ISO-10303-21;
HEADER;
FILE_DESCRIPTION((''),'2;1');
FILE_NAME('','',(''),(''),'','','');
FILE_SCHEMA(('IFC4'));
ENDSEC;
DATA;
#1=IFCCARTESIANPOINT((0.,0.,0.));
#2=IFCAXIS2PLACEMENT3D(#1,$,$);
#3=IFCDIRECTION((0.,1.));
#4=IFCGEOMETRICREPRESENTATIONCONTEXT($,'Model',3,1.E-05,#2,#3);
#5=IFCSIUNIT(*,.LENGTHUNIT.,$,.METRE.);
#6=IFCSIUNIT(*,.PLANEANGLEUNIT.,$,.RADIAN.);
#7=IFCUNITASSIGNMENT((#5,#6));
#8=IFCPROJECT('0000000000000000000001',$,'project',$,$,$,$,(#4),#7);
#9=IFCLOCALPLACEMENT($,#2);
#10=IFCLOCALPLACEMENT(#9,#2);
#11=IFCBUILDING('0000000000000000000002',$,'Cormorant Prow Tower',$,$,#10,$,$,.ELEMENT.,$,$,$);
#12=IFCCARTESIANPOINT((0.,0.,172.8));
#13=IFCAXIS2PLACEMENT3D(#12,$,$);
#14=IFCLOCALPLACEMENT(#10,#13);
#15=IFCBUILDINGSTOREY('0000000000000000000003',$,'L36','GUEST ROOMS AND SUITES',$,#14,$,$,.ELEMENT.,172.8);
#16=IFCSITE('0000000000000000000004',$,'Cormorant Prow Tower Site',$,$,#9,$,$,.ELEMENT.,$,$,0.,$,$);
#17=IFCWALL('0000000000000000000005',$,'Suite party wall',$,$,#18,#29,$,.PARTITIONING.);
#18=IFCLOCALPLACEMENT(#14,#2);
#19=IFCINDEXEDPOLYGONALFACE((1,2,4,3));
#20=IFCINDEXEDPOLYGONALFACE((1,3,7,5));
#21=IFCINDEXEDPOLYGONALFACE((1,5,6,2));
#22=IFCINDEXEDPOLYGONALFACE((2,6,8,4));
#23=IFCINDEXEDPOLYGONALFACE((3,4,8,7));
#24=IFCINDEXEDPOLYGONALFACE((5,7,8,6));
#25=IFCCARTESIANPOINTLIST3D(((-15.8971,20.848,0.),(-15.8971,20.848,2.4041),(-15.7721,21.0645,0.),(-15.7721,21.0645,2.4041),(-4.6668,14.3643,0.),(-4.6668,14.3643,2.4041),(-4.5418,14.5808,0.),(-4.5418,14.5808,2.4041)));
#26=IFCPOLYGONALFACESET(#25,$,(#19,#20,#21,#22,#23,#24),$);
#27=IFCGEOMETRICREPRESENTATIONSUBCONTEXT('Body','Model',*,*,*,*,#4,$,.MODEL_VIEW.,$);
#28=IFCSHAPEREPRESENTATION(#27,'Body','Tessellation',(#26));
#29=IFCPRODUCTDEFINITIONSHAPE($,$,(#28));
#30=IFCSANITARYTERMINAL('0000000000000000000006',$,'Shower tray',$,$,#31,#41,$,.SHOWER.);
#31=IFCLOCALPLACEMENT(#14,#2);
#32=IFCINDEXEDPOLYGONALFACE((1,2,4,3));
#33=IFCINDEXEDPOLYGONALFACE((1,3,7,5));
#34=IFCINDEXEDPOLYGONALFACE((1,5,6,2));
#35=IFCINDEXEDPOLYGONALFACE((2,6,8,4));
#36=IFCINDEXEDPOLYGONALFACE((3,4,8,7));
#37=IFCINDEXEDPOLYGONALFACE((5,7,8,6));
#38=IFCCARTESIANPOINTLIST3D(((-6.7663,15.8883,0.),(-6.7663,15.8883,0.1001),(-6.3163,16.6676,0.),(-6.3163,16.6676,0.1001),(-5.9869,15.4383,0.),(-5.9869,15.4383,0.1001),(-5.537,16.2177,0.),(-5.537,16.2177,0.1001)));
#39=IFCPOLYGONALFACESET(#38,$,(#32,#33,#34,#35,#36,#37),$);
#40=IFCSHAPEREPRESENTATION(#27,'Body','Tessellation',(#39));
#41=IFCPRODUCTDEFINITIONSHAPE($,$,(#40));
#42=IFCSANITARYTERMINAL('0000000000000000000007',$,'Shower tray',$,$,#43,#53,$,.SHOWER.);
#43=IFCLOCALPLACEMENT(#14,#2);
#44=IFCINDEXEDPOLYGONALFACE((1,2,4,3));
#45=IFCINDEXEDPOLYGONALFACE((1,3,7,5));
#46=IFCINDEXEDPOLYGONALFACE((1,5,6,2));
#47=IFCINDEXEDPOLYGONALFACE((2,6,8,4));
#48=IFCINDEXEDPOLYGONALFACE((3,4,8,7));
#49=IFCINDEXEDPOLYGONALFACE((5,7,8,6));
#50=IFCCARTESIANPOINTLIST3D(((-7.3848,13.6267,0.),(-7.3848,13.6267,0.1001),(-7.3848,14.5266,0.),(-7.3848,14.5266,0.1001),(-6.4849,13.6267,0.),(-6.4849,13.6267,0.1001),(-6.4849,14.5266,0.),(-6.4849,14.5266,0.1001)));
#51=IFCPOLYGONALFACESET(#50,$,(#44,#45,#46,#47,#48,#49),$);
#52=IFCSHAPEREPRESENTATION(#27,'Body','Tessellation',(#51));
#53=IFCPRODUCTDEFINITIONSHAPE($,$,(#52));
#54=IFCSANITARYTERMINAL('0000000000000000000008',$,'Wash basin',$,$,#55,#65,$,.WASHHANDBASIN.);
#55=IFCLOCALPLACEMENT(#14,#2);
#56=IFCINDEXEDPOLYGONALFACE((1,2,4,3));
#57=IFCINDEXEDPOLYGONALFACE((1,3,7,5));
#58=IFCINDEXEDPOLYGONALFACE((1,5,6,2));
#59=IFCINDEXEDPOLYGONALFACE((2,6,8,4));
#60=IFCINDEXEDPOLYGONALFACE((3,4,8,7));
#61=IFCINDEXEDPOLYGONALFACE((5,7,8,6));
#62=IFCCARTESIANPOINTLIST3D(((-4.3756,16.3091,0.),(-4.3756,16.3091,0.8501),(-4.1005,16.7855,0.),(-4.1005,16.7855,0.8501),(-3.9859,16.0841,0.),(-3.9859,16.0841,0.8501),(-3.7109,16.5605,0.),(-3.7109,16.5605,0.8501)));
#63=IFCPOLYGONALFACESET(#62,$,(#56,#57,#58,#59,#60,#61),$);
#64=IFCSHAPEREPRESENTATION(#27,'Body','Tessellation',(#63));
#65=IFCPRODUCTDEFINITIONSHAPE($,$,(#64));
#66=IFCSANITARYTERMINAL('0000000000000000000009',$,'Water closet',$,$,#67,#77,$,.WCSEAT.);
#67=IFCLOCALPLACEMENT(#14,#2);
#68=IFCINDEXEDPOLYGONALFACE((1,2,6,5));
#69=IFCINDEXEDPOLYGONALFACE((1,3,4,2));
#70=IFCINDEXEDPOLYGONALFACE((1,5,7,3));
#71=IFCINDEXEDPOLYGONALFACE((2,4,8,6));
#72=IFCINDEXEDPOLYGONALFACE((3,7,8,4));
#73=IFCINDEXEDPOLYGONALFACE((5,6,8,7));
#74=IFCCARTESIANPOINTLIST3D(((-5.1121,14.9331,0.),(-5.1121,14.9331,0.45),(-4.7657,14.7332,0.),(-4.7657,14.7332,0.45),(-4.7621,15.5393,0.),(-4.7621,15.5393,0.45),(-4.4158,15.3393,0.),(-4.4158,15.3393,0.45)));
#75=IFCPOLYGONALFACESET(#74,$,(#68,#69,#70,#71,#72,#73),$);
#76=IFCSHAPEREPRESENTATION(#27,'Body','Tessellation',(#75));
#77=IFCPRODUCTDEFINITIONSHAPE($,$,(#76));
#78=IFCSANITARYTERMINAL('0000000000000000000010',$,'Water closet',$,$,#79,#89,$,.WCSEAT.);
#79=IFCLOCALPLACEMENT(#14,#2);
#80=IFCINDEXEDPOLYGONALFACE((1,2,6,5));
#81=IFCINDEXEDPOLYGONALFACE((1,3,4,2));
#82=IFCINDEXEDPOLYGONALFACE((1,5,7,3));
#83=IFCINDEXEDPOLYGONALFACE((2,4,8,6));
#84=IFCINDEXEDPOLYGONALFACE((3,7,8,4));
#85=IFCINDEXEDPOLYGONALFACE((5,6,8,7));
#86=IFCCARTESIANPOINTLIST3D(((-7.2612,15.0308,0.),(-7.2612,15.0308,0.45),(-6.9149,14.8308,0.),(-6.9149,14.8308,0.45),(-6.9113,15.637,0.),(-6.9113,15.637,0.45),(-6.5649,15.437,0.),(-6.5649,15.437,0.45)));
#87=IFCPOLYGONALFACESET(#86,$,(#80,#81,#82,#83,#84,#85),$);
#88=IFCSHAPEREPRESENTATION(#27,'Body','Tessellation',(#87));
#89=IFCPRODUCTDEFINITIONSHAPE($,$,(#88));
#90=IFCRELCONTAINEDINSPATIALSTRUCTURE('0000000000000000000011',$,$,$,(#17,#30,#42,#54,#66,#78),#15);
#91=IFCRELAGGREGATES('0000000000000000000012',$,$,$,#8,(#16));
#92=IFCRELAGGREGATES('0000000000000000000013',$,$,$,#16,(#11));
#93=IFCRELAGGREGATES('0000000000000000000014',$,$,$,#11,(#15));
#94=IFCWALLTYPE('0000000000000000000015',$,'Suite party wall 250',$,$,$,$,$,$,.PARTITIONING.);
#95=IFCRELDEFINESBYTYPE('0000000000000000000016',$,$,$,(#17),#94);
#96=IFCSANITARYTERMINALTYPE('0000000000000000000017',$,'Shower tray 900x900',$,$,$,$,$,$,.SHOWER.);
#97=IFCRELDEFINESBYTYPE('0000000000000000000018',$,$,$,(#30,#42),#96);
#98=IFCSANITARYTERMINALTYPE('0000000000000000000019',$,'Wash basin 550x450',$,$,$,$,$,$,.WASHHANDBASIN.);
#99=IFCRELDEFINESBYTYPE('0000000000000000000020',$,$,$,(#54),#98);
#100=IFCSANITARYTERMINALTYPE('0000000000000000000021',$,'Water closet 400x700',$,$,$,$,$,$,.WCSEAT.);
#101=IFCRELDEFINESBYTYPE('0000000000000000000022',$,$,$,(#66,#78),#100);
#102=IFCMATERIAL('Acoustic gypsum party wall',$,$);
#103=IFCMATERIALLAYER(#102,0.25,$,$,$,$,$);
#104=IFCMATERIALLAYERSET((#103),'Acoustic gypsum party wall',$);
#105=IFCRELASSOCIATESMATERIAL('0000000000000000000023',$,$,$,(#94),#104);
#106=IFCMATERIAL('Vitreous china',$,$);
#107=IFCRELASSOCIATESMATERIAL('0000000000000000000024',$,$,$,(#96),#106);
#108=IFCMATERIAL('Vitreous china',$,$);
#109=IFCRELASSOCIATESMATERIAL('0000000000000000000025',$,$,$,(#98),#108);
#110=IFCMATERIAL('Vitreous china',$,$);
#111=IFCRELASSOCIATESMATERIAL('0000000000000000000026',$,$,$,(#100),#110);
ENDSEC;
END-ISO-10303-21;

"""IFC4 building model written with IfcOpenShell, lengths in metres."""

from ifc_helpers import new_model, si_unit, direction, frame, frame_2d, origin, origin_2d, place, context, subcontext, project, spatial, rectangle, extrude, material, layer, layer_set, type_object, element, save


model = new_model("IFC4")

# Units and contexts
model_context = context("Model", 3, precision=1e-05, world=origin(), true_north=direction((0.0, 1.0)))
body_context = subcontext(model_context, "Body", "Model", "MODEL_VIEW")
ifc_project = project(units=[si_unit("LENGTHUNIT", "METRE"), si_unit("PLANEANGLEUNIT", "RADIAN")], contexts=[model_context])

# Site, building, storey
site_placement = place(None, origin())
site = spatial("IfcSite", under=ifc_project, at=site_placement, Name="Cormorant Prow Tower Site", CompositionType="ELEMENT", RefElevation=0.0)
building_placement = place(site_placement, origin())
building = spatial("IfcBuilding", under=site, at=building_placement, Name="Cormorant Prow Tower", CompositionType="ELEMENT")
storey_placement = place(building_placement, frame((0.0, 0.0, 172.8)))
storey = spatial("IfcBuildingStorey", under=building, at=storey_placement, Name="L36", Description="GUEST ROOMS AND SUITES", CompositionType="ELEMENT", Elevation=172.8)

# Wall
ifc_material_1 = material(Name="Acoustic gypsum party wall")
ifc_layer_1 = layer(ifc_material_1, 0.25)
ifc_layer_set_1 = layer_set([ifc_layer_1], Name="Acoustic gypsum party wall")
wall_type_1 = type_object("IfcWallType", Name="Suite party wall 250", PredefinedType="PARTITIONING", material=ifc_layer_set_1)
wall_1_placement = place(storey_placement, frame((-15.8347, 20.9563, 0.0), z_axis=(0.0, 0.0, 1.0), x_axis=(0.86603, -0.499992, 0.0)))
element("IfcWall", 1, at=wall_1_placement, inside=storey, type_object=wall_type_1, Name="Suite party wall", PredefinedType="PARTITIONING", context=body_context, shape_type="SweptSolid", body=[
    extrude(rectangle(XDim=12.9675, YDim=0.25, at=frame_2d((6.4839, 0.0))), origin(), (0.0, 0.0, 1.0), 2.4041),
])

# Sanitary terminals
ifc_material_2 = material(Name="Vitreous china")
sanitary_terminal_type_1 = type_object("IfcSanitaryTerminalType", Name="Shower tray 900x900", PredefinedType="SHOWER", material=ifc_material_2)
for number, where, z_axis, x_axis, name in (
    (2, (-6.1516, 16.053, 0.0), (0.0, 0.0, 1.0), (0.5, 0.866025, 0.0), "Shower tray"),
    (3, (-6.9348, 14.0767, 0.0), (0.0, 0.0, 1.0), (1.0, 0.0, 0.0), "Shower tray"),
):
    element("IfcSanitaryTerminal", number, at=place(storey_placement, frame(where, z_axis=z_axis, x_axis=x_axis)), inside=storey, type_object=sanitary_terminal_type_1, Name=name, PredefinedType="SHOWER", context=body_context, shape_type="SweptSolid", body=[
        extrude(rectangle(XDim=0.8999, YDim=0.8999, at=origin_2d()), origin(), (0.0, 0.0, 1.0), 0.1001),
    ])
ifc_material_3 = material(Name="Vitreous china")
sanitary_terminal_type_2 = type_object("IfcSanitaryTerminalType", Name="Wash basin 550x450", PredefinedType="WASHHANDBASIN", material=ifc_material_3)
sanitary_terminal_placement = place(storey_placement, frame((-4.0432, 16.4348, 0.0), z_axis=(0.0, 0.0, 1.0), x_axis=(-0.5, -0.866025, 0.0)))
element("IfcSanitaryTerminal", 4, at=sanitary_terminal_placement, inside=storey, type_object=sanitary_terminal_type_2, Name="Wash basin", PredefinedType="WASHHANDBASIN", context=body_context, shape_type="SweptSolid", body=[
    extrude(rectangle(XDim=0.55, YDim=0.45, at=origin_2d()), origin(), (0.0, 0.0, 1.0), 0.8501),
])
ifc_material_4 = material(Name="Vitreous china")
sanitary_terminal_type_3 = type_object("IfcSanitaryTerminalType", Name="Water closet 400x700", PredefinedType="WCSEAT", material=ifc_material_4)
for number, where, z_axis, x_axis, name in (
    (5, (-4.7639, 15.1362, 0.0), (0.0, 0.0, 1.0), (-0.866025, 0.5, 0.0), "Water closet"),
    (6, (-6.9131, 15.2339, 0.0), (0.0, 0.0, 1.0), (0.866025, -0.5, 0.0), "Water closet"),
):
    element("IfcSanitaryTerminal", number, at=place(storey_placement, frame(where, z_axis=z_axis, x_axis=x_axis)), inside=storey, type_object=sanitary_terminal_type_3, Name=name, PredefinedType="WCSEAT", context=body_context, shape_type="SweptSolid", body=[
        extrude(rectangle(XDim=0.3999, YDim=0.7, at=origin_2d()), origin(), (0.0, 0.0, 1.0), 0.45),
    ])

save(model, "model.ifc")
